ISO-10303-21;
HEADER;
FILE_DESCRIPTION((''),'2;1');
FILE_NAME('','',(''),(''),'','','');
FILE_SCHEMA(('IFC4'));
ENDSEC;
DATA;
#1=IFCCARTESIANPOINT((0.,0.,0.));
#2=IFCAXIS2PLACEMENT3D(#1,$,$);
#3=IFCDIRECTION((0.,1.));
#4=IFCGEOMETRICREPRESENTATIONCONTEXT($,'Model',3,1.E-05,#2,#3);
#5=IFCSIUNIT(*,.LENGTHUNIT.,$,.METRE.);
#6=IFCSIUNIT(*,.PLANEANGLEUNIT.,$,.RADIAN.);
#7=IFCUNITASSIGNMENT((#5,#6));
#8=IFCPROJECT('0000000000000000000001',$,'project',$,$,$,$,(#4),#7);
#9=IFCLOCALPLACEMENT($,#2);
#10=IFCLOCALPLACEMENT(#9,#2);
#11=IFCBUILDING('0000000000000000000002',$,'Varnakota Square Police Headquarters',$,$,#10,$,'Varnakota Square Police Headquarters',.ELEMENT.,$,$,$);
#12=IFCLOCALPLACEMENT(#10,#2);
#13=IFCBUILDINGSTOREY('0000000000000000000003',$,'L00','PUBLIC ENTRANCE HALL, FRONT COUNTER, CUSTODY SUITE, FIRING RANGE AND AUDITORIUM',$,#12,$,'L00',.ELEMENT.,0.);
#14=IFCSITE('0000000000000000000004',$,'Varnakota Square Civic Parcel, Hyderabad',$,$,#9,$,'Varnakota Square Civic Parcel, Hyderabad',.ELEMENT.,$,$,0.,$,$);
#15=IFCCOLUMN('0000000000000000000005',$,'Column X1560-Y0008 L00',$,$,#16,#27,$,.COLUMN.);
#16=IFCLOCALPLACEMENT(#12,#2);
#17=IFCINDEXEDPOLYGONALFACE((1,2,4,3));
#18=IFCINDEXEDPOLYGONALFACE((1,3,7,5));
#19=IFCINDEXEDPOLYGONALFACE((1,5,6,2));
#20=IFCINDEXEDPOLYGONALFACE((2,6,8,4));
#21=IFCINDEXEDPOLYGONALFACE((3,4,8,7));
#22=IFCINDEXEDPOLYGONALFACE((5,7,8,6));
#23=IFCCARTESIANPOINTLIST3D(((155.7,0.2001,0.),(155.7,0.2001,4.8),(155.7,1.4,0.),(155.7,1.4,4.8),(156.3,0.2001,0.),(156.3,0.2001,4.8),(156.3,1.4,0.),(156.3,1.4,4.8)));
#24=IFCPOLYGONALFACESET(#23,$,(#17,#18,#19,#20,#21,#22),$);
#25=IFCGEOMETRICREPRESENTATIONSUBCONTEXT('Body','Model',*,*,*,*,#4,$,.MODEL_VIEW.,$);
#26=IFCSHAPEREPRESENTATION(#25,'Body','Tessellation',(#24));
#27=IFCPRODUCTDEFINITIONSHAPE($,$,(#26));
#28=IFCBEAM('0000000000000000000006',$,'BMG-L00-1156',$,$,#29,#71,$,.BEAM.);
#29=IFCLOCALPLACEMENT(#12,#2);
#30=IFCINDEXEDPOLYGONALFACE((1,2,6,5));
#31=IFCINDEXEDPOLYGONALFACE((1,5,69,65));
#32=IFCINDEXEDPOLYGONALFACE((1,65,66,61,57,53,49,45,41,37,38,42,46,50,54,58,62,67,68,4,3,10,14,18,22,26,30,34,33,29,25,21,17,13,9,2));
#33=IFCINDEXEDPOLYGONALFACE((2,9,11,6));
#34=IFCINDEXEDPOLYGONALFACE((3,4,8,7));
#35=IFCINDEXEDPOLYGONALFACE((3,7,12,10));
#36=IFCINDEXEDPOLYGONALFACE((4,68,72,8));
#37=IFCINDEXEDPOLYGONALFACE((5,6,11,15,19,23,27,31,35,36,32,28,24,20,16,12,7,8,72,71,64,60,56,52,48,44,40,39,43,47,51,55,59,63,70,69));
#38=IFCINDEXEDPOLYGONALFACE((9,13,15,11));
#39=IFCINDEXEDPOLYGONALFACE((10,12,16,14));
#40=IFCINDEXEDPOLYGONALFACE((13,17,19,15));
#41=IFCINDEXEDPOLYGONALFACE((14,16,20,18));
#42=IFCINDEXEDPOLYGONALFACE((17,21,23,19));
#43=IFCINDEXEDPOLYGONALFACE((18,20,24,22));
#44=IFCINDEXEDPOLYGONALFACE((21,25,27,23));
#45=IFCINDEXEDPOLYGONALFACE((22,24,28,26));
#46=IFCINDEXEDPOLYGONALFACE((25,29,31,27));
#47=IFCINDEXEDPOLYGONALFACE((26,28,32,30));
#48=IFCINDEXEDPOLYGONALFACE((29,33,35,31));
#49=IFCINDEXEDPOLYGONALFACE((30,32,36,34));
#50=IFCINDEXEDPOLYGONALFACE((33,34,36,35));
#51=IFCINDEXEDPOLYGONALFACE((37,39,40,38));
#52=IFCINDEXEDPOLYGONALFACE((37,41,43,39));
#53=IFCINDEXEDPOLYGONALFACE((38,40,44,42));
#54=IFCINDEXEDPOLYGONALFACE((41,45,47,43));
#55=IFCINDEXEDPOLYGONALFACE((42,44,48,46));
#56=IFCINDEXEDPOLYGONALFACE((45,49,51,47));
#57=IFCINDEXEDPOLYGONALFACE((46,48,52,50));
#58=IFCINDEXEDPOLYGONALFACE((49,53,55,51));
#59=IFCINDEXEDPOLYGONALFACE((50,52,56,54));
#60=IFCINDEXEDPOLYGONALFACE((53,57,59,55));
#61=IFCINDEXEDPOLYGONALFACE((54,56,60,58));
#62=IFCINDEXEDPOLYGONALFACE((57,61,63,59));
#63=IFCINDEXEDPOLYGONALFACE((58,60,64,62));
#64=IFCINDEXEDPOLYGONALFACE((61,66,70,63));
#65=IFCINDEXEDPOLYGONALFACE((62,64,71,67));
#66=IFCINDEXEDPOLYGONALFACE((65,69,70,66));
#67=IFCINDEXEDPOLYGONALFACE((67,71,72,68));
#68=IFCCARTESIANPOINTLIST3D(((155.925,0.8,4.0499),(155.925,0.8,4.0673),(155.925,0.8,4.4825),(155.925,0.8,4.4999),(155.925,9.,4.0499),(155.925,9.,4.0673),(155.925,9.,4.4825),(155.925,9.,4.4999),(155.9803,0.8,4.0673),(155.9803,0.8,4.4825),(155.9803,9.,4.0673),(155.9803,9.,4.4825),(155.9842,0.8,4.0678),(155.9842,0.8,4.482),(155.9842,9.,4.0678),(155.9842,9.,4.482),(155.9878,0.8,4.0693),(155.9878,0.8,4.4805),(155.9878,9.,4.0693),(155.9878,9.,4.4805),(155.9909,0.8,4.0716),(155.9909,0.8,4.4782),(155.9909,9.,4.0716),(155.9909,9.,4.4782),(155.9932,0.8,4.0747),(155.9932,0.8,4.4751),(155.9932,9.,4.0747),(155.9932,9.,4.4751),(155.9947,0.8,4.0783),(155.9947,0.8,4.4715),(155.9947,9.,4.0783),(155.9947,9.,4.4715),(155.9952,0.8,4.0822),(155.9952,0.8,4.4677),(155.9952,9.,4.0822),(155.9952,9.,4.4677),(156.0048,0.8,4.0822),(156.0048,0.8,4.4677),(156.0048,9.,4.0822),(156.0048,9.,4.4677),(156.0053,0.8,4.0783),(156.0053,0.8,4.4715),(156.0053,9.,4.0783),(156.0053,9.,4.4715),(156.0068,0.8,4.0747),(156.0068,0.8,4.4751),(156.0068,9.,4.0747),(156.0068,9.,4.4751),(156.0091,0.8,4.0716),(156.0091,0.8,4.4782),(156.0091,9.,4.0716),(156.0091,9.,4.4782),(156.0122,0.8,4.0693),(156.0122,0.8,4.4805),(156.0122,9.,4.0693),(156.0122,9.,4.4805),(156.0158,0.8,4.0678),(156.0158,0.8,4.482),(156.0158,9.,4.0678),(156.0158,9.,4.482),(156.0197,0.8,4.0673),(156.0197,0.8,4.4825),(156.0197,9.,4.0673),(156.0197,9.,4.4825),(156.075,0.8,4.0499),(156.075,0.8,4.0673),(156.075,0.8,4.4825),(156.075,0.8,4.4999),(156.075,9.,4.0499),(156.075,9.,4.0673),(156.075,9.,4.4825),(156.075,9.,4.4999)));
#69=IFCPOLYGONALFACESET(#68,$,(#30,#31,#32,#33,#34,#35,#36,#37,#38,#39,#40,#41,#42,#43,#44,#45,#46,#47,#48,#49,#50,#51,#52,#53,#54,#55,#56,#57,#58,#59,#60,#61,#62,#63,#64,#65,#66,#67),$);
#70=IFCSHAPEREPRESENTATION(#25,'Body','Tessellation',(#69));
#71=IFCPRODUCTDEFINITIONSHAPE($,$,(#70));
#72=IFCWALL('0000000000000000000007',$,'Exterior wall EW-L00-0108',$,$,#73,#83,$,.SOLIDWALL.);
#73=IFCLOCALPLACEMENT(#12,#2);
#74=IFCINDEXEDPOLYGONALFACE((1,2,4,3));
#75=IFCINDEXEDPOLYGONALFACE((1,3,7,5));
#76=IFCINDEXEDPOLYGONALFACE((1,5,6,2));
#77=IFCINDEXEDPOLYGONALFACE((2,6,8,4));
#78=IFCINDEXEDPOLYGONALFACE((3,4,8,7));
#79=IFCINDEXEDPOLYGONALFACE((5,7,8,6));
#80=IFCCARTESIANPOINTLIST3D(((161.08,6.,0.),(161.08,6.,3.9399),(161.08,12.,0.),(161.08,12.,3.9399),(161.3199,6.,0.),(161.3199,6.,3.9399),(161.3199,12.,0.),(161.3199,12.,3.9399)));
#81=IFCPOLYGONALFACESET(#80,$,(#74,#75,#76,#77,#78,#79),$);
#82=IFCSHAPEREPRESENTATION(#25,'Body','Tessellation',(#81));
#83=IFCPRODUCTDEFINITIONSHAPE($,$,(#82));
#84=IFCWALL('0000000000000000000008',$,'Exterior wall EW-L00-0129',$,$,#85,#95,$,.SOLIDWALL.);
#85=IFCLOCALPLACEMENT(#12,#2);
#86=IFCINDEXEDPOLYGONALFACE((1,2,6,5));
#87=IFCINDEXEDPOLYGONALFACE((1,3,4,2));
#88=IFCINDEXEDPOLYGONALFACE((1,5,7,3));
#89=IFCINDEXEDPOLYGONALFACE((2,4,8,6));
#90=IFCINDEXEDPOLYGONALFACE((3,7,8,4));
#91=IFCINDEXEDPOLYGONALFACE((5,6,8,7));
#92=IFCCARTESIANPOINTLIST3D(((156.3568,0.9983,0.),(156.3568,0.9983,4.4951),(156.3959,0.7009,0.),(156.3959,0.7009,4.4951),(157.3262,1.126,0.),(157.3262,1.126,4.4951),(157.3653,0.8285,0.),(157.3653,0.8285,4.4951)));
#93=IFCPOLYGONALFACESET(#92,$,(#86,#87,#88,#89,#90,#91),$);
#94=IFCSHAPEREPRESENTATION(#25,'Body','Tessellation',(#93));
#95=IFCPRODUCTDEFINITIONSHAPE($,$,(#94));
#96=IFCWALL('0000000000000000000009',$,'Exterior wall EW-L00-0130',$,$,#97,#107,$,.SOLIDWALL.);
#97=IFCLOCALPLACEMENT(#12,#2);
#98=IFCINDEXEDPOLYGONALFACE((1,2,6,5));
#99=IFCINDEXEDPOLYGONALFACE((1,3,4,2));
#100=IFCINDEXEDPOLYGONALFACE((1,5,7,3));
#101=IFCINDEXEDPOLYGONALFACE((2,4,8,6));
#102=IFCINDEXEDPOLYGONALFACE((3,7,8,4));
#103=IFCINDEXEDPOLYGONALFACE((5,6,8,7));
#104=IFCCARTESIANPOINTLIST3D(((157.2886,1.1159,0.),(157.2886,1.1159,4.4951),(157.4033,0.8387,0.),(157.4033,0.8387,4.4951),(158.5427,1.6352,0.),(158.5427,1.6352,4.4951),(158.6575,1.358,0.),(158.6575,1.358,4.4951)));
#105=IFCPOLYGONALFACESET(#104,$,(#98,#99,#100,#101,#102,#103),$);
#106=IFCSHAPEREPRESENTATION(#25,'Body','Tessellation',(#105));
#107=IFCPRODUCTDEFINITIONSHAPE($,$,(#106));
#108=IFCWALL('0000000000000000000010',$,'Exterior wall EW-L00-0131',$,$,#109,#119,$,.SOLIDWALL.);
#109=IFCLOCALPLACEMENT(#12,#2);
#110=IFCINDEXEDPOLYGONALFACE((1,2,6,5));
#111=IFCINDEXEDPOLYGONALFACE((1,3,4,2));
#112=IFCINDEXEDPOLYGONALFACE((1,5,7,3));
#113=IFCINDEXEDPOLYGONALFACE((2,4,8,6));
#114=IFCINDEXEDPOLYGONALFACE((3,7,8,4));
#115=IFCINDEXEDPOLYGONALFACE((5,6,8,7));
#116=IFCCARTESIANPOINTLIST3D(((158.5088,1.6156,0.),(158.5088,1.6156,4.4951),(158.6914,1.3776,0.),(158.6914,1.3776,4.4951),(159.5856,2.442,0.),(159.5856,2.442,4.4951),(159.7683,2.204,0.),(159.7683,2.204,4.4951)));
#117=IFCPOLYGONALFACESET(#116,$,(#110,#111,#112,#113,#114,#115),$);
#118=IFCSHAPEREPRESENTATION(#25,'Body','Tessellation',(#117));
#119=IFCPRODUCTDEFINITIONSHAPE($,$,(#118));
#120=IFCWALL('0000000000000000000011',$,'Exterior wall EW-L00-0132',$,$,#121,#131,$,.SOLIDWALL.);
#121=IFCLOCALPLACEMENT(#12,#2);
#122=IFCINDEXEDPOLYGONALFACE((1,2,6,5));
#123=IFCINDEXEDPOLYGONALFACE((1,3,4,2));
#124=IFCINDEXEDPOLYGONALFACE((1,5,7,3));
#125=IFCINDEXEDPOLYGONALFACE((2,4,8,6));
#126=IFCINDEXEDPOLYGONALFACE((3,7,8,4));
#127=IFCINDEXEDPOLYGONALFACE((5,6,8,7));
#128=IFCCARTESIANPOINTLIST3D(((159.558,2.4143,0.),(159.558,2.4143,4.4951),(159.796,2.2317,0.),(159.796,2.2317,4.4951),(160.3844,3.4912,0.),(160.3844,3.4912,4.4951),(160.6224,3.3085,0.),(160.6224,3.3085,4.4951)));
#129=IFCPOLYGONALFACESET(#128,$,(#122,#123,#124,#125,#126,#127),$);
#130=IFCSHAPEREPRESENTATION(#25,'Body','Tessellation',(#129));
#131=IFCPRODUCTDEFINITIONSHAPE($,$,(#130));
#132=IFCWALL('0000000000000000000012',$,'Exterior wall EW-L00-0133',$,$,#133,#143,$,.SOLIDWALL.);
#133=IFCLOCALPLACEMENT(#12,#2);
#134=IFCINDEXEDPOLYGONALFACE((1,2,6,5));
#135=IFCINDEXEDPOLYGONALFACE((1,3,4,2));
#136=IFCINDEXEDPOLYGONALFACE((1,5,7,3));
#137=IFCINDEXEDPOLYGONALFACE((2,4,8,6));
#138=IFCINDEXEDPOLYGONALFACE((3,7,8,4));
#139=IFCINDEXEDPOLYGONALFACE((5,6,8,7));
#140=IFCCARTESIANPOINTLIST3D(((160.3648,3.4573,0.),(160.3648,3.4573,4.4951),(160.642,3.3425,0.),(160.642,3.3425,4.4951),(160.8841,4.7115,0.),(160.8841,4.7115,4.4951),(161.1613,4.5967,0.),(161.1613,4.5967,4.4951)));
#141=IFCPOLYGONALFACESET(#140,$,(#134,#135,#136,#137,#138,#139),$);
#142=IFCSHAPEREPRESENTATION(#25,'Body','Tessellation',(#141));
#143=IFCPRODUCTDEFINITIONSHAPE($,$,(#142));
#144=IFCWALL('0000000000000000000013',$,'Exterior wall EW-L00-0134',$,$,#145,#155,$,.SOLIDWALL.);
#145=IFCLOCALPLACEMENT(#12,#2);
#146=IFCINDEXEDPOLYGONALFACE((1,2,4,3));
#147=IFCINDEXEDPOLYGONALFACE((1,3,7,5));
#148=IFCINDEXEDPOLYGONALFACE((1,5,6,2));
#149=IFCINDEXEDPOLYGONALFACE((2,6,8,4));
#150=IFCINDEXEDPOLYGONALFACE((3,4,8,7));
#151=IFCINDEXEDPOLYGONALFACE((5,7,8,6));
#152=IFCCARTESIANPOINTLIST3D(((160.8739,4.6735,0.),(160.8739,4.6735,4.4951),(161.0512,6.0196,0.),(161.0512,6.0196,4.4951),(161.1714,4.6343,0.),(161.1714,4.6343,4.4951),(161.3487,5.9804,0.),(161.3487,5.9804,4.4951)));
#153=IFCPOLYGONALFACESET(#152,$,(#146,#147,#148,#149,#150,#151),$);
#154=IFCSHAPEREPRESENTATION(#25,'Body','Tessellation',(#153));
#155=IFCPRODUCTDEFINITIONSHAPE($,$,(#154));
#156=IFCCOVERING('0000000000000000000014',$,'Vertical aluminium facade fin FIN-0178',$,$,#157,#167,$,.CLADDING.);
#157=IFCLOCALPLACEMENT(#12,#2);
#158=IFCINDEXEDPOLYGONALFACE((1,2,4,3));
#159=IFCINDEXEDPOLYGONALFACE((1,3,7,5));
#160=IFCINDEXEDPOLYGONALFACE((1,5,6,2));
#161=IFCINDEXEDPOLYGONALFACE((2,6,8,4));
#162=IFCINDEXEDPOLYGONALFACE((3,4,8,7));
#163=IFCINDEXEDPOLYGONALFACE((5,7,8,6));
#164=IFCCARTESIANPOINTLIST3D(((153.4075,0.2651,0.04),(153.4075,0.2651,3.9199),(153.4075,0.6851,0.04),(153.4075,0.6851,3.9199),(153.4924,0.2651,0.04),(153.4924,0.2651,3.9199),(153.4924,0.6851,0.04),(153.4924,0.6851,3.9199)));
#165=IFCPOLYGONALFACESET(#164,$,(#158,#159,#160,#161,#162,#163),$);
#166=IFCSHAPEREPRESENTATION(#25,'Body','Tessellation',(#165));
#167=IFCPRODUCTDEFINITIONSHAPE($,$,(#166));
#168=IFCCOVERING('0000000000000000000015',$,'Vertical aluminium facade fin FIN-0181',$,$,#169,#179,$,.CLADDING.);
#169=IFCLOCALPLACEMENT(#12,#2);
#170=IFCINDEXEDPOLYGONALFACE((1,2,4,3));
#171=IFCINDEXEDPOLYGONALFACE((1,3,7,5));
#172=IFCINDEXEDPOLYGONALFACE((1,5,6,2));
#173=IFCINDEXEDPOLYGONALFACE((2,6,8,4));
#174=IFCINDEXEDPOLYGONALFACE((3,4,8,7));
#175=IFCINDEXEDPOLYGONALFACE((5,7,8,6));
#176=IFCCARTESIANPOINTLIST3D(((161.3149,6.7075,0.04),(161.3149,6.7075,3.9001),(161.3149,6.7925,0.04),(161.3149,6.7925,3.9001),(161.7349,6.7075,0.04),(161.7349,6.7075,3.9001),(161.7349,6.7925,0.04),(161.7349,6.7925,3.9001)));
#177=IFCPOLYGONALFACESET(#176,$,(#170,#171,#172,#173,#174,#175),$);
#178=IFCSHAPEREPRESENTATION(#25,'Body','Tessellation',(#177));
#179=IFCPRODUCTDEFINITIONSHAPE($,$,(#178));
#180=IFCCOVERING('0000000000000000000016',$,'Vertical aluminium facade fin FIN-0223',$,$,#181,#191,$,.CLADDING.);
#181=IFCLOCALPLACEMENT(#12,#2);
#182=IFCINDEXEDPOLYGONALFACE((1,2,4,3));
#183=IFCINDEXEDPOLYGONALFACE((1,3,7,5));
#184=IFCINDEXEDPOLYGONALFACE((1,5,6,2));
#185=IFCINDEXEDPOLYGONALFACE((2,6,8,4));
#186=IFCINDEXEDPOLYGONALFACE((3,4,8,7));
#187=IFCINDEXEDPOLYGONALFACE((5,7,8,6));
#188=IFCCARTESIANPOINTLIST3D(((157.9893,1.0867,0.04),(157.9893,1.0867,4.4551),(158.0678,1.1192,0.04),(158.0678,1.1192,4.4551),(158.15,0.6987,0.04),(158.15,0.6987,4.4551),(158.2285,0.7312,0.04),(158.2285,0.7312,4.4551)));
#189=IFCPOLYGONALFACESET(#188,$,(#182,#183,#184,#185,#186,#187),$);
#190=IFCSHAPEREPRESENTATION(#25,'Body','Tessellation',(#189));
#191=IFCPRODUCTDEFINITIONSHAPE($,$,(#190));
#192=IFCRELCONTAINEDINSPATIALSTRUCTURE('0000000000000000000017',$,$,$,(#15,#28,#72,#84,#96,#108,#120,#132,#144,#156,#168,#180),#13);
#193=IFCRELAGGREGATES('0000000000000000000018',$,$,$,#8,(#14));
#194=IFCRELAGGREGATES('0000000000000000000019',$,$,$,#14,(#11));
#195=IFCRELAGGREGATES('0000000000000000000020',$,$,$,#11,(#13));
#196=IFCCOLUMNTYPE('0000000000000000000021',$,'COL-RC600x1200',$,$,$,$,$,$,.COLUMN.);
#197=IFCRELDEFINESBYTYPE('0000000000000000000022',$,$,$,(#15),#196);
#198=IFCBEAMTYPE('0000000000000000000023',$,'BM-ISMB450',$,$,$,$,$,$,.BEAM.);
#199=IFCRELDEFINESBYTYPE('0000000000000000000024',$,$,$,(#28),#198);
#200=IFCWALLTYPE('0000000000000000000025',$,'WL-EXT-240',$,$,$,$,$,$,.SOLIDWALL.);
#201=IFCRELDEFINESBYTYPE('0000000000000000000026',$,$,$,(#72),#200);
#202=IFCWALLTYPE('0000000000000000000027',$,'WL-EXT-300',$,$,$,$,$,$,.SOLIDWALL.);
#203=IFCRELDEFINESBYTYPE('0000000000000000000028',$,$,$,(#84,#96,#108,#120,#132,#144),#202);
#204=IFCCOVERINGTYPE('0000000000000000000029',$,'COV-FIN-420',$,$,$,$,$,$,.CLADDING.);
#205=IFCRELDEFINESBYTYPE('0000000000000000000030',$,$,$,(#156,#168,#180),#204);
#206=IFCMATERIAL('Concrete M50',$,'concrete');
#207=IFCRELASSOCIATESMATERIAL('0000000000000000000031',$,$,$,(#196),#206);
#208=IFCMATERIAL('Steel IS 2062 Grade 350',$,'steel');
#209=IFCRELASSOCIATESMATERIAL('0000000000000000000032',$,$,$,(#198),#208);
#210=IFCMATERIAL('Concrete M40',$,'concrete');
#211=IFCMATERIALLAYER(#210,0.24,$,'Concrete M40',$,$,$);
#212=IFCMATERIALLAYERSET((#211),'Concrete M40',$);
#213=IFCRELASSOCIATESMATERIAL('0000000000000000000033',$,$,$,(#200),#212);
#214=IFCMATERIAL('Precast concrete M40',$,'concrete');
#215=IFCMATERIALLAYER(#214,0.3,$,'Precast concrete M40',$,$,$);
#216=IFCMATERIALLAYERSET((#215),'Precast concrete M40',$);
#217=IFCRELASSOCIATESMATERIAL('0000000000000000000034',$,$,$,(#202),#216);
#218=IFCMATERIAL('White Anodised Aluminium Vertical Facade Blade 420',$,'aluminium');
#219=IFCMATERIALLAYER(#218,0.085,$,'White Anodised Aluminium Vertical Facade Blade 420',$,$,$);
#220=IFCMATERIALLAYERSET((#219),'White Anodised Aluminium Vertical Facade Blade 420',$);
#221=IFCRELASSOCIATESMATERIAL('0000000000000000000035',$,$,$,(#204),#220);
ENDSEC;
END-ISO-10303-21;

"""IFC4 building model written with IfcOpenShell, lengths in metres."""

from ifc_helpers import new_model, si_unit, direction, frame, frame_2d, origin, origin_2d, place, context, subcontext, project, spatial, rectangle, i_section, extrude, material, layer, layer_set, material_profile, profile_set, type_object, element, save


model = new_model("IFC4")

# Units and contexts
model_context = context("Model", 3, precision=1e-05, world=origin(), true_north=direction((0.0, 1.0)))
body_context = subcontext(model_context, "Body", "Model", "MODEL_VIEW")
ifc_project = project(units=[si_unit("LENGTHUNIT", "METRE"), si_unit("PLANEANGLEUNIT", "RADIAN")], contexts=[model_context])

# Site, building, storey
site_placement = place(None, origin())
site = spatial("IfcSite", under=ifc_project, at=site_placement, Name="Varnakota Square Civic Parcel, Hyderabad", LongName="Varnakota Square Civic Parcel, Hyderabad", CompositionType="ELEMENT", RefElevation=0.0)
building_placement = place(site_placement, origin())
building = spatial("IfcBuilding", under=site, at=building_placement, Name="Varnakota Square Police Headquarters", LongName="Varnakota Square Police Headquarters", CompositionType="ELEMENT")
storey_placement = place(building_placement, origin())
storey = spatial("IfcBuildingStorey", under=building, at=storey_placement, Name="L00", Description="PUBLIC ENTRANCE HALL, FRONT COUNTER, CUSTODY SUITE, FIRING RANGE AND AUDITORIUM", LongName="L00", CompositionType="ELEMENT", Elevation=0.0)

# Column
ifc_material_1 = material(Name="Concrete M50", Category="concrete")
ifc_material_profile_1 = material_profile(ifc_material_1, rectangle(XDim=0.6001, YDim=1.2, at=origin_2d()), Name="RC 600x1200")
ifc_profile_set_1 = profile_set([ifc_material_profile_1], Name="Concrete M50")
column_type = type_object("IfcColumnType", Name="COL-RC600x1200", PredefinedType="COLUMN", material=ifc_profile_set_1)
column_placement = place(storey_placement, frame((156.0, 0.8, 0.0), z_axis=(0.0, 0.0, 1.0), x_axis=(1.0, 0.0, 0.0)))
element("IfcColumn", 1, at=column_placement, inside=storey, type_object=column_type, Name="Column X1560-Y0008 L00", PredefinedType="COLUMN", context=body_context, shape_type="SweptSolid", body=[
    extrude(rectangle(XDim=0.6001, YDim=1.2, at=origin_2d()), origin(), (0.0, 0.0, 1.0), 4.8),
])

# Beam
ifc_material_2 = material(Name="Steel IS 2062 Grade 350", Category="steel")
ifc_material_profile_2 = material_profile(ifc_material_2, i_section(OverallWidth=0.1499, OverallDepth=0.45, WebThickness=0.0095, FlangeThickness=0.0173, FilletRadius=0.0149, at=origin_2d()), Name="ISMB 450")
ifc_profile_set_2 = profile_set([ifc_material_profile_2], Name="Steel IS 2062 Grade 350")
beam_type = type_object("IfcBeamType", Name="BM-ISMB450", PredefinedType="BEAM", material=ifc_profile_set_2)
beam_placement = place(storey_placement, frame((156.0, 0.8, 4.2749), z_axis=(0.0, 1.0, 0.0), x_axis=(-1.0, 0.0, 0.0)))
element("IfcBeam", 2, at=beam_placement, inside=storey, type_object=beam_type, Name="BMG-L00-1156", PredefinedType="BEAM", context=body_context, shape_type="SweptSolid", body=[
    extrude(i_section(OverallWidth=0.1499, OverallDepth=0.45, WebThickness=0.0095, FlangeThickness=0.0173, FilletRadius=0.0149, at=origin_2d()), origin(), (0.0, 0.0, 1.0), 8.2),
])

# Walls
ifc_material_3 = material(Name="Concrete M40", Category="concrete")
ifc_layer_1 = layer(ifc_material_3, 0.24, Name="Concrete M40")
ifc_layer_set_1 = layer_set([ifc_layer_1], Name="Concrete M40")
wall_type_1 = type_object("IfcWallType", Name="WL-EXT-240", PredefinedType="SOLIDWALL", material=ifc_layer_set_1)
wall_1_placement = place(storey_placement, frame((161.2, 6.0, 0.0), z_axis=(0.0, 0.0, 1.0), x_axis=(0.0, 1.0, 0.0)))
element("IfcWall", 3, at=wall_1_placement, inside=storey, type_object=wall_type_1, Name="Exterior wall EW-L00-0108", PredefinedType="SOLIDWALL", context=body_context, shape_type="SweptSolid", body=[
    extrude(rectangle(XDim=6.0, YDim=0.24, at=frame_2d((3.0, 0.0))), origin(), (0.0, 0.0, 1.0), 3.9399),
])
ifc_material_4 = material(Name="Precast concrete M40", Category="concrete")
ifc_layer_2 = layer(ifc_material_4, 0.3, Name="Precast concrete M40")
ifc_layer_set_2 = layer_set([ifc_layer_2], Name="Precast concrete M40")
wall_type_2 = type_object("IfcWallType", Name="WL-EXT-300", PredefinedType="SOLIDWALL", material=ifc_layer_set_2)
wall_2_placement = place(storey_placement, frame((156.3765, 0.8496, 0.0), z_axis=(0.0, 0.0, 1.0), x_axis=(0.991438, 0.130577, 0.0)))
element("IfcWall", 4, at=wall_2_placement, inside=storey, type_object=wall_type_2, Name="Exterior wall EW-L00-0129", PredefinedType="SOLIDWALL", context=body_context, shape_type="SweptSolid", body=[
    extrude(rectangle(XDim=0.9778, YDim=0.3, at=frame_2d((0.4888, 0.0))), origin(), (0.0, 0.0, 1.0), 4.4951),
])
for number, where, z_axis, x_axis, name in (
    (5, (157.3459, 0.9773, 0.0), (0.0, 0.0, 1.0), (0.923931, 0.382558, 0.0), "Exterior wall EW-L00-0130"),
    (6, (158.6001, 1.4966, 0.0), (0.0, 0.0, 1.0), (0.793325, 0.608798, 0.0), "Exterior wall EW-L00-0131"),
    (7, (159.677, 2.323, 0.0), (0.0, 0.0, 1.0), (0.608798, 0.793325, 0.0), "Exterior wall EW-L00-0132"),
    (8, (160.5034, 3.3999, 0.0), (0.0, 0.0, 1.0), (0.382558, 0.923931, 0.0), "Exterior wall EW-L00-0133"),
):
    element("IfcWall", number, at=place(storey_placement, frame(where, z_axis=z_axis, x_axis=x_axis)), inside=storey, type_object=wall_type_2, Name=name, PredefinedType="SOLIDWALL", context=body_context, shape_type="SweptSolid", body=[
        extrude(rectangle(XDim=1.3574, YDim=0.3, at=frame_2d((0.6787, 0.0))), origin(), (0.0, 0.0, 1.0), 4.4951),
    ])
wall_3_placement = place(storey_placement, frame((161.0227, 4.6541, 0.0), z_axis=(0.0, 0.0, 1.0), x_axis=(0.130562, 0.99144, 0.0)))
element("IfcWall", 9, at=wall_3_placement, inside=storey, type_object=wall_type_2, Name="Exterior wall EW-L00-0134", PredefinedType="SOLIDWALL", context=body_context, shape_type="SweptSolid", body=[
    extrude(rectangle(XDim=1.3577, YDim=0.3, at=frame_2d((0.6787, 0.0))), origin(), (0.0, 0.0, 1.0), 4.4951),
])

# Coverings
ifc_material_5 = material(Name="White Anodised Aluminium Vertical Facade Blade 420", Category="aluminium")
ifc_layer_3 = layer(ifc_material_5, 0.085, Name="White Anodised Aluminium Vertical Facade Blade 420")
ifc_layer_set_3 = layer_set([ifc_layer_3], Name="White Anodised Aluminium Vertical Facade Blade 420")
covering_type_1 = type_object("IfcCoveringType", Name="COV-FIN-420", PredefinedType="CLADDING", material=ifc_layer_set_3)
covering_1_placement = place(storey_placement, frame((153.45, 0.4751, 0.04), z_axis=(0.0, 0.0, 1.0), x_axis=(1.0, 0.0, 0.0)))
element("IfcCovering", 10, at=covering_1_placement, inside=storey, type_object=covering_type_1, Name="Vertical aluminium facade fin FIN-0178", PredefinedType="CLADDING", context=body_context, shape_type="SweptSolid", body=[
    extrude(rectangle(XDim=0.085, YDim=0.4199, at=origin_2d()), origin(), (0.0, 0.0, 1.0), 3.8799),
])
covering_2_placement = place(storey_placement, frame((161.5249, 6.75, 0.04), z_axis=(0.0, 0.0, 1.0), x_axis=(0.0, 1.0, 0.0)))
element("IfcCovering", 11, at=covering_2_placement, inside=storey, type_object=covering_type_1, Name="Vertical aluminium facade fin FIN-0181", PredefinedType="CLADDING", context=body_context, shape_type="SweptSolid", body=[
    extrude(rectangle(XDim=0.085, YDim=0.4199, at=origin_2d()), origin(), (0.0, 0.0, 1.0), 3.8601),
])
for number, where, z_axis, x_axis, name in (
    (12, (158.1089, 0.9089, 0.04), (0.0, 0.0, 1.0), (0.92388, 0.382683, 0.0), "Vertical aluminium facade fin FIN-0223"),
):
    element("IfcCovering", number, at=place(storey_placement, frame(where, z_axis=z_axis, x_axis=x_axis)), inside=storey, type_object=covering_type_1, Name=name, PredefinedType="CLADDING", context=body_context, shape_type="SweptSolid", body=[
        extrude(rectangle(XDim=0.085, YDim=0.4199, at=origin_2d()), origin(), (0.0, 0.0, 1.0), 4.415),
    ])

save(model, "model.ifc")
